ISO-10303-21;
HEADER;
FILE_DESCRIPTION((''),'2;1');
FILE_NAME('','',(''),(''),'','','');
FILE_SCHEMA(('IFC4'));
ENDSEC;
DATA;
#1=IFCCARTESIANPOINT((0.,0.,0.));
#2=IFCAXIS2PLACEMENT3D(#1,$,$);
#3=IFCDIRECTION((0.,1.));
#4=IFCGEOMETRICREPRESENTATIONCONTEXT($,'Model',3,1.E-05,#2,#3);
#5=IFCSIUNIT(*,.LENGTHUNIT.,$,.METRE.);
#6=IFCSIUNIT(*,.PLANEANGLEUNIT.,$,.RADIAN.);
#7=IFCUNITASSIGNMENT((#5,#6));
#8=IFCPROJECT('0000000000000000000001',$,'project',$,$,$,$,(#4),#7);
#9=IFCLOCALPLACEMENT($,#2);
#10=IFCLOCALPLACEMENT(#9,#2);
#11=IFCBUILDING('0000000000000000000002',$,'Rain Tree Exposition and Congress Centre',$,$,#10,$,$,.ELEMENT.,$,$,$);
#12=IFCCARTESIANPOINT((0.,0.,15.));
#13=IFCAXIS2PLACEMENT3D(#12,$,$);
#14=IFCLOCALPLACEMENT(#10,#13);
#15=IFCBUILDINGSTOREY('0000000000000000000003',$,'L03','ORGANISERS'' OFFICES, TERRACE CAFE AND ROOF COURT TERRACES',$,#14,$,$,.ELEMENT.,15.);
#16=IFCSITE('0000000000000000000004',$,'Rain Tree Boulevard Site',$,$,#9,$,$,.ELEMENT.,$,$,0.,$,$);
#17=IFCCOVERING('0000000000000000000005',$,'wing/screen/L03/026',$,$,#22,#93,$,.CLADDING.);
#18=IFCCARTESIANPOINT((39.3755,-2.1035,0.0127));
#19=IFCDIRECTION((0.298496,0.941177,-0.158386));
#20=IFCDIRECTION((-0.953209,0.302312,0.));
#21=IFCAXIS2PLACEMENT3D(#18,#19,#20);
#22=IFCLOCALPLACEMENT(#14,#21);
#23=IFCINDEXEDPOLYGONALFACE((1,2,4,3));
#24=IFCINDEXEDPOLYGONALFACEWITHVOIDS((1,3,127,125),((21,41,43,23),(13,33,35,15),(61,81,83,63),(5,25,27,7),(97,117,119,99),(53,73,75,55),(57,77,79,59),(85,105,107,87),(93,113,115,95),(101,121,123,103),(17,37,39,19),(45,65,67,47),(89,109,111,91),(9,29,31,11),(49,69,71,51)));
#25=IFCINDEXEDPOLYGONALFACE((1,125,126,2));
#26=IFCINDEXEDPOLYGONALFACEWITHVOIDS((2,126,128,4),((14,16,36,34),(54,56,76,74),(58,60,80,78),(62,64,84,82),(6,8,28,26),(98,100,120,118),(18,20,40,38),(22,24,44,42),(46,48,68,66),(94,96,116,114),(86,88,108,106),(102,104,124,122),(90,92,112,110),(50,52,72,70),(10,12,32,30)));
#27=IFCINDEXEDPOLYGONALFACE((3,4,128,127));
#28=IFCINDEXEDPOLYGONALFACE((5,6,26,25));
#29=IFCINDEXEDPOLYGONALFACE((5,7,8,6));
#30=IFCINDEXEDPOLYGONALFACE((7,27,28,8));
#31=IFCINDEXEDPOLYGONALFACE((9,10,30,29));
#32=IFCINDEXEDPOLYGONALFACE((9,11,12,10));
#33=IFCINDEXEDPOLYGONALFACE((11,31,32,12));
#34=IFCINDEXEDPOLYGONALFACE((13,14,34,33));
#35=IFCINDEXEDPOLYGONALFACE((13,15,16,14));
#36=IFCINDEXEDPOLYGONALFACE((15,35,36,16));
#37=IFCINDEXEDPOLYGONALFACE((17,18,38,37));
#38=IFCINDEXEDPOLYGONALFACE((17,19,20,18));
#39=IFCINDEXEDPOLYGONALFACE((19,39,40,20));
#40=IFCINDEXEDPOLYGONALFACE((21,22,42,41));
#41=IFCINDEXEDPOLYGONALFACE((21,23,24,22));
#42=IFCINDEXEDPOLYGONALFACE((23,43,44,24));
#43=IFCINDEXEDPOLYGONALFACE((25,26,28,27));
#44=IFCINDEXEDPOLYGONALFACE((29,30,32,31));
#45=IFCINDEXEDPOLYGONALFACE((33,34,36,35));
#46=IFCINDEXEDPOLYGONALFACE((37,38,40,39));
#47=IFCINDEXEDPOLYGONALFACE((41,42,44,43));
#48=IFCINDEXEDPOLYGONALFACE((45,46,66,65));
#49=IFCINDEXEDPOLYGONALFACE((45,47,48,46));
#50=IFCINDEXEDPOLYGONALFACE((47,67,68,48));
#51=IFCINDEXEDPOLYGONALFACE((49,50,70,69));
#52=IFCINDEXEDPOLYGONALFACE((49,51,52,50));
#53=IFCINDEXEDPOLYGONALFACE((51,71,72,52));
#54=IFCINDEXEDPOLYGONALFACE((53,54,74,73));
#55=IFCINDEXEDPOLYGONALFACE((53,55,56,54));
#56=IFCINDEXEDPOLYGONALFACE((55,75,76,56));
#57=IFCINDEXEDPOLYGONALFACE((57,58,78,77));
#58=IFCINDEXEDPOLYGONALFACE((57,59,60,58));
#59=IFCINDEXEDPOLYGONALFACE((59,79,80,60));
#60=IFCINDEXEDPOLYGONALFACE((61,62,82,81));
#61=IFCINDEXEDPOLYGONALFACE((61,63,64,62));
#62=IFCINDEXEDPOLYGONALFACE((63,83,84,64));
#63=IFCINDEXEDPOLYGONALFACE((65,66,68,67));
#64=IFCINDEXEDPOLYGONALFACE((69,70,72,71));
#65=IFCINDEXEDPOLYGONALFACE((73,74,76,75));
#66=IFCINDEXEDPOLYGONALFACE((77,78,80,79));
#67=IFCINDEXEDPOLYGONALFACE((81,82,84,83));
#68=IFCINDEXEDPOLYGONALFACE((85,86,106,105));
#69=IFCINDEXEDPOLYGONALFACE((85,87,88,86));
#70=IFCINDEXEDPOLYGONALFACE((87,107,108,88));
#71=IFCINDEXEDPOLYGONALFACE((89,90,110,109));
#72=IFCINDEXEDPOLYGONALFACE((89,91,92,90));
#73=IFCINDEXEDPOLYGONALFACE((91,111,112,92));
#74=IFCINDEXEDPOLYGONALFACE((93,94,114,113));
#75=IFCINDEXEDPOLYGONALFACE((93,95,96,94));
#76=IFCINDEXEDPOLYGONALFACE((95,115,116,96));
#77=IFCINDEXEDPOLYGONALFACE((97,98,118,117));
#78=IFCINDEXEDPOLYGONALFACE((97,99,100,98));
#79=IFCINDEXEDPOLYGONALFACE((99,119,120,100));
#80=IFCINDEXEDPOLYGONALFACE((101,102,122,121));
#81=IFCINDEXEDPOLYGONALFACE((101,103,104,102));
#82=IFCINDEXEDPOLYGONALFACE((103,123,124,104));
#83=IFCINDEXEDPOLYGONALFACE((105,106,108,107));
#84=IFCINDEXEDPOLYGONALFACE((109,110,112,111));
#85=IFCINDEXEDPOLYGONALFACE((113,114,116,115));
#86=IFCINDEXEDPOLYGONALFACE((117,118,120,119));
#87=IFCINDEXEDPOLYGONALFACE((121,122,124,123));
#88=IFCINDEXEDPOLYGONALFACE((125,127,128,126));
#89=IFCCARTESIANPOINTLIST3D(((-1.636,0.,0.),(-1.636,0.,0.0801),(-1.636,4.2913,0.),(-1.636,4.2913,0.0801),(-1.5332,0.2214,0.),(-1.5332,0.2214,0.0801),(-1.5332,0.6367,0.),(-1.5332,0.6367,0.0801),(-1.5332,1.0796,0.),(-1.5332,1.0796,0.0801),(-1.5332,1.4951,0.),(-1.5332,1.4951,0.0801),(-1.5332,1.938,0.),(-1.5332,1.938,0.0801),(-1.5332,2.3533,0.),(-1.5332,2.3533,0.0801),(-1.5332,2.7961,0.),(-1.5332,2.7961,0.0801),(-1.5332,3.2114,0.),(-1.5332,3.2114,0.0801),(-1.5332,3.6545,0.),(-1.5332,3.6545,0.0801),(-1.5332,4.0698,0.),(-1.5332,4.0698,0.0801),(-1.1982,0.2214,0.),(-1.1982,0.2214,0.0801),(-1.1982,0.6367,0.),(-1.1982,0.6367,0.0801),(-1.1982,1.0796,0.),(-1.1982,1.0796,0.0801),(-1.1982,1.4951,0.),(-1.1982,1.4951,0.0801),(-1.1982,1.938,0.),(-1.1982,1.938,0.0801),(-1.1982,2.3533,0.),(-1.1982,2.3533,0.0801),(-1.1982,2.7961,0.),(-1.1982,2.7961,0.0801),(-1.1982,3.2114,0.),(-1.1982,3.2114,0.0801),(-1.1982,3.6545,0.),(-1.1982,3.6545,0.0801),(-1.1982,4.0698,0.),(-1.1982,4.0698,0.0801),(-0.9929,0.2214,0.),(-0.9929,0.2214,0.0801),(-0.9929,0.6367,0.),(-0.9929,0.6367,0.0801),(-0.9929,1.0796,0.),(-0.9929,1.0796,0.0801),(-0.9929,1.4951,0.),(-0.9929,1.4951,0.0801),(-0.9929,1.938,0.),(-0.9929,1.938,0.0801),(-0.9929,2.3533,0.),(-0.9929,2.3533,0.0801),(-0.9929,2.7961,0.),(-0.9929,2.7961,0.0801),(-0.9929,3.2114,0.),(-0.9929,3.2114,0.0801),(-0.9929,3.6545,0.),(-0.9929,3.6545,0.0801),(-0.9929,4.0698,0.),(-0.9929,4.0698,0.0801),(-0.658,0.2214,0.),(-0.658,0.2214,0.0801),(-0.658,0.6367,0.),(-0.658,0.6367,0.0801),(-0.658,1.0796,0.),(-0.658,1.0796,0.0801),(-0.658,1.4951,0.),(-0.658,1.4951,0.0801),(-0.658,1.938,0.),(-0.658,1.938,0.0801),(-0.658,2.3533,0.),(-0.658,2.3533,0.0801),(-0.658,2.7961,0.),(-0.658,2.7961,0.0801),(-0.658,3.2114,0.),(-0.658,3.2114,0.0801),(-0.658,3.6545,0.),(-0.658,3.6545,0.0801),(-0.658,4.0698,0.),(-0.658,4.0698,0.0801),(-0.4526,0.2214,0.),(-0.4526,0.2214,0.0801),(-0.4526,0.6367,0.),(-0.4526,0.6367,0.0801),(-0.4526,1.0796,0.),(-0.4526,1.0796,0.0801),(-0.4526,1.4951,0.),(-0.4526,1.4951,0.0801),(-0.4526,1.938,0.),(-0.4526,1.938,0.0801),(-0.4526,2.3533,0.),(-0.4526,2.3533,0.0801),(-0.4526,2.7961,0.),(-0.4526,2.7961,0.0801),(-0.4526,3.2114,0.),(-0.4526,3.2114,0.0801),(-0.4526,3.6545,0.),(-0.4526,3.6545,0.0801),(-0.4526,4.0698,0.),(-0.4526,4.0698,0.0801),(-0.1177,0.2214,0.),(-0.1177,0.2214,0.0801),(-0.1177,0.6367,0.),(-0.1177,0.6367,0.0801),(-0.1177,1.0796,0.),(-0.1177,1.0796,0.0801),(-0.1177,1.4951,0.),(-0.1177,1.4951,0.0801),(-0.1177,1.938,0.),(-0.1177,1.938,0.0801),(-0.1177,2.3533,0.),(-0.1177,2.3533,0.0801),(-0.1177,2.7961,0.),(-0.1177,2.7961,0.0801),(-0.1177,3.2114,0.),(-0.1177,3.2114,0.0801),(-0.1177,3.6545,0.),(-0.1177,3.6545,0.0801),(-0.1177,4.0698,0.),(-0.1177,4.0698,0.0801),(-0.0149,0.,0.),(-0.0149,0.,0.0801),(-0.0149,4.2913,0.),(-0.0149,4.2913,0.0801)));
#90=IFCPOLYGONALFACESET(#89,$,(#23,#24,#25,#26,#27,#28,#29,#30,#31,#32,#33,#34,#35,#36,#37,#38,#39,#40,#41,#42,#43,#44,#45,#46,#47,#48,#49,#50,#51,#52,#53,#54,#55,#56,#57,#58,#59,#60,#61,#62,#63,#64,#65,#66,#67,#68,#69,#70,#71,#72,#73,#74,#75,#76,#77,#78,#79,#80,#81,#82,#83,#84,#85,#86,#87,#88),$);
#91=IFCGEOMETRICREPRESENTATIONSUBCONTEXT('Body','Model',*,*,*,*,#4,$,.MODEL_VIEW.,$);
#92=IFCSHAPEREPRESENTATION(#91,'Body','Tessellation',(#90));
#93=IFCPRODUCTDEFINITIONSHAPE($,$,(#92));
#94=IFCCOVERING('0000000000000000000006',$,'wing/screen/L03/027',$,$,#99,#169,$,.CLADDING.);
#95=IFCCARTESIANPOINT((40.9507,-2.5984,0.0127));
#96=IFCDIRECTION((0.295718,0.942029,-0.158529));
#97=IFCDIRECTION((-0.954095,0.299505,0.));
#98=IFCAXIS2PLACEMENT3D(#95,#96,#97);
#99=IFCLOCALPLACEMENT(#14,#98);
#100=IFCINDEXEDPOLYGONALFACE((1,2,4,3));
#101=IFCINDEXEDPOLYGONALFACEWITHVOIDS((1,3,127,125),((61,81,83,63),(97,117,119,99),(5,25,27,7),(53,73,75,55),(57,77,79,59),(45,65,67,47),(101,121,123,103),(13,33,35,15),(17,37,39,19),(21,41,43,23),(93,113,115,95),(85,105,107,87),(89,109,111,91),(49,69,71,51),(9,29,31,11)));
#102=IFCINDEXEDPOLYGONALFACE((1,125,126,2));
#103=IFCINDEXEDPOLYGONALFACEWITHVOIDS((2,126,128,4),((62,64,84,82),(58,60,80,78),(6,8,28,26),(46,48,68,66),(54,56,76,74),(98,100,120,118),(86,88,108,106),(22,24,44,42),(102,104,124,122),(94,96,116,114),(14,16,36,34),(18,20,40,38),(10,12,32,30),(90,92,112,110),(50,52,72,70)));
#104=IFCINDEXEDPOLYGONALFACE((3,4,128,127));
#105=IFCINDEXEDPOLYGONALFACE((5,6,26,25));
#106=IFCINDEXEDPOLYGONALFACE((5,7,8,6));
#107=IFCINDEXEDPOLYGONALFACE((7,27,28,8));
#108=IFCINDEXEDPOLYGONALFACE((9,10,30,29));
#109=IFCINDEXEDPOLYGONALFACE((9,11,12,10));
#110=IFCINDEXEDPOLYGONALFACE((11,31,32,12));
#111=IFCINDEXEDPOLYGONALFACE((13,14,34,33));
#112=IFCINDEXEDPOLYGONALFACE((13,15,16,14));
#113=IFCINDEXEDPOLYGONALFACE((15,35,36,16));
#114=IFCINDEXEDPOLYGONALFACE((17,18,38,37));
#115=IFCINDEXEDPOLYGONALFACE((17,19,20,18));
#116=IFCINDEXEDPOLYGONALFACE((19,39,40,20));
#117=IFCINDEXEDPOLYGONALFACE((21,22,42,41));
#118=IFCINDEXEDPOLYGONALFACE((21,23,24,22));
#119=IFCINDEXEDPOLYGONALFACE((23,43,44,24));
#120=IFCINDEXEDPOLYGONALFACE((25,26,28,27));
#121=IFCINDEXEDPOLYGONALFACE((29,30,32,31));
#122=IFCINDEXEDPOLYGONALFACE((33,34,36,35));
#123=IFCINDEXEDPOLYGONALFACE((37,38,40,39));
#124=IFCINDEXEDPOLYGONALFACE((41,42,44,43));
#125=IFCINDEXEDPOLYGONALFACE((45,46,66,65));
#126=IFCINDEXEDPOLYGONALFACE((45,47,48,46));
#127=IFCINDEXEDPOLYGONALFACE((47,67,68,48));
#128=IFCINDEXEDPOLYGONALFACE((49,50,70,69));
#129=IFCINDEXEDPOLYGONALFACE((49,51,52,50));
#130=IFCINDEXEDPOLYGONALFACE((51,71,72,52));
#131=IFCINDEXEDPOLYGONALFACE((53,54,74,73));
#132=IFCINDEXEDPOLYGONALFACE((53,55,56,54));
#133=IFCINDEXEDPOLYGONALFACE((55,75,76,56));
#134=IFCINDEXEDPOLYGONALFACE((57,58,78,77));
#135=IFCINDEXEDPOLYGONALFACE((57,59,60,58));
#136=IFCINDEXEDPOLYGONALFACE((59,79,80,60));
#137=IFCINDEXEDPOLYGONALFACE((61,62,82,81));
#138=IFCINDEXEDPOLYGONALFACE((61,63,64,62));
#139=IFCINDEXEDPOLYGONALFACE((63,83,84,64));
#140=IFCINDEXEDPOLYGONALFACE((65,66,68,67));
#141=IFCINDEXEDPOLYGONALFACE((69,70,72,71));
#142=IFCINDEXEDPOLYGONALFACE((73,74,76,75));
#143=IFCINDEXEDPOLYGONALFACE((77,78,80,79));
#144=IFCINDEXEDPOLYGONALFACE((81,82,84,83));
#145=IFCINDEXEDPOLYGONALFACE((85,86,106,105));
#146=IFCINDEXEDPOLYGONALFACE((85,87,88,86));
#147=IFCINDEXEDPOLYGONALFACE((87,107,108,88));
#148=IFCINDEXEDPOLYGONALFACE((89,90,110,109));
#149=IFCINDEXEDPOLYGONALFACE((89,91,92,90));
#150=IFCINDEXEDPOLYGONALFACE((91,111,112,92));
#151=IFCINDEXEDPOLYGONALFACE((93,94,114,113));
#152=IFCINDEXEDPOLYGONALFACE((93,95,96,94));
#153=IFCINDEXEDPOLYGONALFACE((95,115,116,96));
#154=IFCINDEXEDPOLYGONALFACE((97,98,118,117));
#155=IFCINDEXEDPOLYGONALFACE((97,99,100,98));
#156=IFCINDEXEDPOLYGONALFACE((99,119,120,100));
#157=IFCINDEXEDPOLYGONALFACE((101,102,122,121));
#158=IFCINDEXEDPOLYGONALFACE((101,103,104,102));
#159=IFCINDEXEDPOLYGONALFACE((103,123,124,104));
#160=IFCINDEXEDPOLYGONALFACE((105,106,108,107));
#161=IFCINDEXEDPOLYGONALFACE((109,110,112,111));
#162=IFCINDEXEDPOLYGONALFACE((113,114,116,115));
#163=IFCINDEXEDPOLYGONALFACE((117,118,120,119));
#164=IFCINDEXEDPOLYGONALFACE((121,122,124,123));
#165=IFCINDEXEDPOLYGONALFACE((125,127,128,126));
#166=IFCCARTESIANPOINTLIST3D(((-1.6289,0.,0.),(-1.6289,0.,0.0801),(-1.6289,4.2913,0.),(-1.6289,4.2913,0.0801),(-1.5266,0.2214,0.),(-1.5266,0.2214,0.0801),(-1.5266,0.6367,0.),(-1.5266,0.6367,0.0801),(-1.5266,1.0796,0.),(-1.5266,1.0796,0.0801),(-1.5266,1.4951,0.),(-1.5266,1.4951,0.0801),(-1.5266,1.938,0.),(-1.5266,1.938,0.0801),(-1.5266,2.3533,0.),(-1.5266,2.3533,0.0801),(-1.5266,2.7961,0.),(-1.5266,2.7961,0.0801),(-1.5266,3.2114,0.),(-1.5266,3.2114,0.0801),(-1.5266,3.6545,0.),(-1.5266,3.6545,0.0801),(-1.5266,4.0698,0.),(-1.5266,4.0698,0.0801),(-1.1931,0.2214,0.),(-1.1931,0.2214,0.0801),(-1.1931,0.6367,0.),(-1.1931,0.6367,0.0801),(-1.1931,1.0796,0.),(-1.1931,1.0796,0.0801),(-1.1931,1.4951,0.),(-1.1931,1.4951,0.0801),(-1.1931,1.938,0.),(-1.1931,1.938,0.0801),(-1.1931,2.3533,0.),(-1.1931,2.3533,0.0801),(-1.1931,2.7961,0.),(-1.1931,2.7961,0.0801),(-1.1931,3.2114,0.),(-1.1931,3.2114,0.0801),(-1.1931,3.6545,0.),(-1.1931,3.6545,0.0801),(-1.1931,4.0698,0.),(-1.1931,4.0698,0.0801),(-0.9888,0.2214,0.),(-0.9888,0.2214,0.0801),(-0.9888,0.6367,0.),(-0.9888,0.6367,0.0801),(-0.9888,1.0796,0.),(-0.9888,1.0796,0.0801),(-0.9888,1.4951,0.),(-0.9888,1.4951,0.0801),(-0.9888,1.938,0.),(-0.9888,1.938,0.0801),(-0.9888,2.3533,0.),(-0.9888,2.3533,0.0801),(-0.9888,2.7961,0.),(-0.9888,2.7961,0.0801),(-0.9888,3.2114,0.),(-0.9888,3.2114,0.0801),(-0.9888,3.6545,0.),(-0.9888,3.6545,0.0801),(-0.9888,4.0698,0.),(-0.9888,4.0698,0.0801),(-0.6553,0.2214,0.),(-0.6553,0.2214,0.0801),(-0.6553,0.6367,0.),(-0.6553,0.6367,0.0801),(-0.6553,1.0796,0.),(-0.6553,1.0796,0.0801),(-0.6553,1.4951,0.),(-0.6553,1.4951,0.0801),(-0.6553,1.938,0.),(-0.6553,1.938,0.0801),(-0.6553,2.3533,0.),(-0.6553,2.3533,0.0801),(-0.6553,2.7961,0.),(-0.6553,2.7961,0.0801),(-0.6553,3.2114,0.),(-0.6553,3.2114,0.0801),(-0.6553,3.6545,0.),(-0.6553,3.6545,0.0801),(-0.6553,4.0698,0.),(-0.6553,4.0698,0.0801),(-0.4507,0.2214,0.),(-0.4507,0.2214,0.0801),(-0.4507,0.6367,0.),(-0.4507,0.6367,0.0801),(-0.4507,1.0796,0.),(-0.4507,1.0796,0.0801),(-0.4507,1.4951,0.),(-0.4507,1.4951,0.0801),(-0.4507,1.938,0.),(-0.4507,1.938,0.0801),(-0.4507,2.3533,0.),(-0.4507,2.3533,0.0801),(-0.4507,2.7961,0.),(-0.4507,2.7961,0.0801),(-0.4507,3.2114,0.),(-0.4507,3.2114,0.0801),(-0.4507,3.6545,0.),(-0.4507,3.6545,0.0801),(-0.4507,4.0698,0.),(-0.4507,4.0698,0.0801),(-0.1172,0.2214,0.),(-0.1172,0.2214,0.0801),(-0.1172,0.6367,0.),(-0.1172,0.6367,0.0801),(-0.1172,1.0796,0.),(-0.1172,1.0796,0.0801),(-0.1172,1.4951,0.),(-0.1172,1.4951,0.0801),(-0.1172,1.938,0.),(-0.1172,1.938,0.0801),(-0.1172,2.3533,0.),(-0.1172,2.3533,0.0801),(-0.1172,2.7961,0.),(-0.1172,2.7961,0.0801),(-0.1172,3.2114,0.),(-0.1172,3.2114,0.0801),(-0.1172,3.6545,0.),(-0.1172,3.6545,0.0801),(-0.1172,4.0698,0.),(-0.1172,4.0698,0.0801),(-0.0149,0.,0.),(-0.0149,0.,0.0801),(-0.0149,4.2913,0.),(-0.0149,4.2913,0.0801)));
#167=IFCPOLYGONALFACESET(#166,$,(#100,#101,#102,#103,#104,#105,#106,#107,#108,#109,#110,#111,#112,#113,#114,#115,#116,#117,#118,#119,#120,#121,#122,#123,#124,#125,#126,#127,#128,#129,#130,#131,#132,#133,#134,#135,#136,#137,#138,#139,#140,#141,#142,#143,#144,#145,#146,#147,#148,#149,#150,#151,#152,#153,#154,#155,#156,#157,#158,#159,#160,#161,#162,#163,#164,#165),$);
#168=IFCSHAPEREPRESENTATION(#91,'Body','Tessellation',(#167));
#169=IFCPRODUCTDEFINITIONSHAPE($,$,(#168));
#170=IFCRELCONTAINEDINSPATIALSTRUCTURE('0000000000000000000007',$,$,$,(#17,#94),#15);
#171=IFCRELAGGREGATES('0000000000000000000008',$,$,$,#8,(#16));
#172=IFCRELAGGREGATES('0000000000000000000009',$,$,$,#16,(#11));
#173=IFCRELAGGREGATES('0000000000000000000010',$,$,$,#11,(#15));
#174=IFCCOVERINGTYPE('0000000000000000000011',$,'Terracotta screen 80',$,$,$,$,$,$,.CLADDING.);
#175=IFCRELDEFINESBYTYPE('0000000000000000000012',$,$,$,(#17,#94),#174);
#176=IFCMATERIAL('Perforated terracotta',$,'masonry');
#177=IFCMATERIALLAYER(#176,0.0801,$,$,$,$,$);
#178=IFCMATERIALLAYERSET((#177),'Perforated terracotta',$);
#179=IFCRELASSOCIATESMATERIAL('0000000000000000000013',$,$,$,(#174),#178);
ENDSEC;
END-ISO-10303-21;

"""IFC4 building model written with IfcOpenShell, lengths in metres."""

from ifc_helpers import new_model, si_unit, direction, frame, origin, place, context, subcontext, project, spatial, polyline, outline, extrude, material, layer, layer_set, type_object, element, save


model = new_model("IFC4")

# Units and contexts
model_context = context("Model", 3, precision=1e-05, world=origin(), true_north=direction((0.0, 1.0)))
body_context = subcontext(model_context, "Body", "Model", "MODEL_VIEW")
ifc_project = project(units=[si_unit("LENGTHUNIT", "METRE"), si_unit("PLANEANGLEUNIT", "RADIAN")], contexts=[model_context])

# Site, building, storey
site_placement = place(None, origin())
site = spatial("IfcSite", under=ifc_project, at=site_placement, Name="Rain Tree Boulevard Site", CompositionType="ELEMENT", RefElevation=0.0)
building_placement = place(site_placement, origin())
building = spatial("IfcBuilding", under=site, at=building_placement, Name="Rain Tree Exposition and Congress Centre", CompositionType="ELEMENT")
storey_placement = place(building_placement, frame((0.0, 0.0, 15.0)))
storey = spatial("IfcBuildingStorey", under=building, at=storey_placement, Name="L03", Description="ORGANISERS' OFFICES, TERRACE CAFE AND ROOF COURT TERRACES", CompositionType="ELEMENT", Elevation=15.0)

# Coverings
ifc_material_1 = material(Name="Perforated terracotta", Category="masonry")
ifc_layer_1 = layer(ifc_material_1, 0.0801)
ifc_layer_set_1 = layer_set([ifc_layer_1], Name="Perforated terracotta")
covering_type = type_object("IfcCoveringType", Name="Terracotta screen 80", PredefinedType="CLADDING", material=ifc_layer_set_1)
covering_1_placement = place(storey_placement, frame((39.3755, -2.1035, 0.0127), z_axis=(0.298496, 0.941177, -0.158386), x_axis=(-0.953209, 0.302312, 0.0)))
element("IfcCovering", 1, at=covering_1_placement, inside=storey, type_object=covering_type, Name="wing/screen/L03/026", PredefinedType="CLADDING", context=body_context, shape_type="SweptSolid", body=[
    extrude(outline(polyline([(-1.636, 0.0), (-1.636, 4.2913), (-0.0149, 4.2913), (-0.0149, 0.0), (-1.636, 0.0)]), holes=[polyline([(-0.1177, 0.2214), (-0.1177, 0.6367), (-0.4526, 0.6367), (-0.4526, 0.2214), (-0.1177, 0.2214)]), polyline([(-0.1177, 1.0796), (-0.1177, 1.4951), (-0.4526, 1.4951), (-0.4526, 1.0796), (-0.1177, 1.0796)]), polyline([(-0.1177, 1.938), (-0.1177, 2.3533), (-0.4526, 2.3533), (-0.4526, 1.938), (-0.1177, 1.938)]), polyline([(-0.1177, 2.7961), (-0.1177, 3.2114), (-0.4526, 3.2114), (-0.4526, 2.7961), (-0.1177, 2.7961)]), polyline([(-0.1177, 3.6545), (-0.1177, 4.0698), (-0.4526, 4.0698), (-0.4526, 3.6545), (-0.1177, 3.6545)]), polyline([(-0.658, 0.2214), (-0.658, 0.6367), (-0.9929, 0.6367), (-0.9929, 0.2214), (-0.658, 0.2214)]), polyline([(-0.658, 1.0796), (-0.658, 1.4951), (-0.9929, 1.4951), (-0.9929, 1.0796), (-0.658, 1.0796)]), polyline([(-0.658, 1.938), (-0.658, 2.3533), (-0.9929, 2.3533), (-0.9929, 1.938), (-0.658, 1.938)]), polyline([(-0.658, 2.7961), (-0.658, 3.2114), (-0.9929, 3.2114), (-0.9929, 2.7961), (-0.658, 2.7961)]), polyline([(-0.658, 3.6545), (-0.658, 4.0698), (-0.9929, 4.0698), (-0.9929, 3.6545), (-0.658, 3.6545)]), polyline([(-1.1982, 0.2214), (-1.1982, 0.6367), (-1.5332, 0.6367), (-1.5332, 0.2214), (-1.1982, 0.2214)]), polyline([(-1.1982, 1.0796), (-1.1982, 1.4951), (-1.5332, 1.4951), (-1.5332, 1.0796), (-1.1982, 1.0796)]), polyline([(-1.1982, 1.938), (-1.1982, 2.3533), (-1.5332, 2.3533), (-1.5332, 1.938), (-1.1982, 1.938)]), polyline([(-1.1982, 2.7961), (-1.1982, 3.2114), (-1.5332, 3.2114), (-1.5332, 2.7961), (-1.1982, 2.7961)]), polyline([(-1.1982, 3.6545), (-1.1982, 4.0698), (-1.5332, 4.0698), (-1.5332, 3.6545), (-1.1982, 3.6545)])]), origin(), (0.0, 0.0, 1.0), 0.0801),
])
covering_2_placement = place(storey_placement, frame((40.9507, -2.5984, 0.0127), z_axis=(0.295718, 0.942029, -0.158529), x_axis=(-0.954095, 0.299505, 0.0)))
element("IfcCovering", 2, at=covering_2_placement, inside=storey, type_object=covering_type, Name="wing/screen/L03/027", PredefinedType="CLADDING", context=body_context, shape_type="SweptSolid", body=[
    extrude(outline(polyline([(-1.6289, 0.0), (-1.6289, 4.2913), (-0.0149, 4.2913), (-0.0149, 0.0), (-1.6289, 0.0)]), holes=[polyline([(-0.1172, 0.2214), (-0.1172, 0.6367), (-0.4507, 0.6367), (-0.4507, 0.2214), (-0.1172, 0.2214)]), polyline([(-0.1172, 1.0796), (-0.1172, 1.4951), (-0.4507, 1.4951), (-0.4507, 1.0796), (-0.1172, 1.0796)]), polyline([(-0.1172, 1.938), (-0.1172, 2.3533), (-0.4507, 2.3533), (-0.4507, 1.938), (-0.1172, 1.938)]), polyline([(-0.1172, 2.7961), (-0.1172, 3.2114), (-0.4507, 3.2114), (-0.4507, 2.7961), (-0.1172, 2.7961)]), polyline([(-0.1172, 3.6545), (-0.1172, 4.0698), (-0.4507, 4.0698), (-0.4507, 3.6545), (-0.1172, 3.6545)]), polyline([(-0.6553, 0.2214), (-0.6553, 0.6367), (-0.9888, 0.6367), (-0.9888, 0.2214), (-0.6553, 0.2214)]), polyline([(-0.6553, 1.0796), (-0.6553, 1.4951), (-0.9888, 1.4951), (-0.9888, 1.0796), (-0.6553, 1.0796)]), polyline([(-0.6553, 1.938), (-0.6553, 2.3533), (-0.9888, 2.3533), (-0.9888, 1.938), (-0.6553, 1.938)]), polyline([(-0.6553, 2.7961), (-0.6553, 3.2114), (-0.9888, 3.2114), (-0.9888, 2.7961), (-0.6553, 2.7961)]), polyline([(-0.6553, 3.6545), (-0.6553, 4.0698), (-0.9888, 4.0698), (-0.9888, 3.6545), (-0.6553, 3.6545)]), polyline([(-1.1931, 0.2214), (-1.1931, 0.6367), (-1.5266, 0.6367), (-1.5266, 0.2214), (-1.1931, 0.2214)]), polyline([(-1.1931, 1.0796), (-1.1931, 1.4951), (-1.5266, 1.4951), (-1.5266, 1.0796), (-1.1931, 1.0796)]), polyline([(-1.1931, 1.938), (-1.1931, 2.3533), (-1.5266, 2.3533), (-1.5266, 1.938), (-1.1931, 1.938)]), polyline([(-1.1931, 2.7961), (-1.1931, 3.2114), (-1.5266, 3.2114), (-1.5266, 2.7961), (-1.1931, 2.7961)]), polyline([(-1.1931, 3.6545), (-1.1931, 4.0698), (-1.5266, 4.0698), (-1.5266, 3.6545), (-1.1931, 3.6545)])]), origin(), (0.0, 0.0, 1.0), 0.0801),
])

save(model, "model.ifc")
